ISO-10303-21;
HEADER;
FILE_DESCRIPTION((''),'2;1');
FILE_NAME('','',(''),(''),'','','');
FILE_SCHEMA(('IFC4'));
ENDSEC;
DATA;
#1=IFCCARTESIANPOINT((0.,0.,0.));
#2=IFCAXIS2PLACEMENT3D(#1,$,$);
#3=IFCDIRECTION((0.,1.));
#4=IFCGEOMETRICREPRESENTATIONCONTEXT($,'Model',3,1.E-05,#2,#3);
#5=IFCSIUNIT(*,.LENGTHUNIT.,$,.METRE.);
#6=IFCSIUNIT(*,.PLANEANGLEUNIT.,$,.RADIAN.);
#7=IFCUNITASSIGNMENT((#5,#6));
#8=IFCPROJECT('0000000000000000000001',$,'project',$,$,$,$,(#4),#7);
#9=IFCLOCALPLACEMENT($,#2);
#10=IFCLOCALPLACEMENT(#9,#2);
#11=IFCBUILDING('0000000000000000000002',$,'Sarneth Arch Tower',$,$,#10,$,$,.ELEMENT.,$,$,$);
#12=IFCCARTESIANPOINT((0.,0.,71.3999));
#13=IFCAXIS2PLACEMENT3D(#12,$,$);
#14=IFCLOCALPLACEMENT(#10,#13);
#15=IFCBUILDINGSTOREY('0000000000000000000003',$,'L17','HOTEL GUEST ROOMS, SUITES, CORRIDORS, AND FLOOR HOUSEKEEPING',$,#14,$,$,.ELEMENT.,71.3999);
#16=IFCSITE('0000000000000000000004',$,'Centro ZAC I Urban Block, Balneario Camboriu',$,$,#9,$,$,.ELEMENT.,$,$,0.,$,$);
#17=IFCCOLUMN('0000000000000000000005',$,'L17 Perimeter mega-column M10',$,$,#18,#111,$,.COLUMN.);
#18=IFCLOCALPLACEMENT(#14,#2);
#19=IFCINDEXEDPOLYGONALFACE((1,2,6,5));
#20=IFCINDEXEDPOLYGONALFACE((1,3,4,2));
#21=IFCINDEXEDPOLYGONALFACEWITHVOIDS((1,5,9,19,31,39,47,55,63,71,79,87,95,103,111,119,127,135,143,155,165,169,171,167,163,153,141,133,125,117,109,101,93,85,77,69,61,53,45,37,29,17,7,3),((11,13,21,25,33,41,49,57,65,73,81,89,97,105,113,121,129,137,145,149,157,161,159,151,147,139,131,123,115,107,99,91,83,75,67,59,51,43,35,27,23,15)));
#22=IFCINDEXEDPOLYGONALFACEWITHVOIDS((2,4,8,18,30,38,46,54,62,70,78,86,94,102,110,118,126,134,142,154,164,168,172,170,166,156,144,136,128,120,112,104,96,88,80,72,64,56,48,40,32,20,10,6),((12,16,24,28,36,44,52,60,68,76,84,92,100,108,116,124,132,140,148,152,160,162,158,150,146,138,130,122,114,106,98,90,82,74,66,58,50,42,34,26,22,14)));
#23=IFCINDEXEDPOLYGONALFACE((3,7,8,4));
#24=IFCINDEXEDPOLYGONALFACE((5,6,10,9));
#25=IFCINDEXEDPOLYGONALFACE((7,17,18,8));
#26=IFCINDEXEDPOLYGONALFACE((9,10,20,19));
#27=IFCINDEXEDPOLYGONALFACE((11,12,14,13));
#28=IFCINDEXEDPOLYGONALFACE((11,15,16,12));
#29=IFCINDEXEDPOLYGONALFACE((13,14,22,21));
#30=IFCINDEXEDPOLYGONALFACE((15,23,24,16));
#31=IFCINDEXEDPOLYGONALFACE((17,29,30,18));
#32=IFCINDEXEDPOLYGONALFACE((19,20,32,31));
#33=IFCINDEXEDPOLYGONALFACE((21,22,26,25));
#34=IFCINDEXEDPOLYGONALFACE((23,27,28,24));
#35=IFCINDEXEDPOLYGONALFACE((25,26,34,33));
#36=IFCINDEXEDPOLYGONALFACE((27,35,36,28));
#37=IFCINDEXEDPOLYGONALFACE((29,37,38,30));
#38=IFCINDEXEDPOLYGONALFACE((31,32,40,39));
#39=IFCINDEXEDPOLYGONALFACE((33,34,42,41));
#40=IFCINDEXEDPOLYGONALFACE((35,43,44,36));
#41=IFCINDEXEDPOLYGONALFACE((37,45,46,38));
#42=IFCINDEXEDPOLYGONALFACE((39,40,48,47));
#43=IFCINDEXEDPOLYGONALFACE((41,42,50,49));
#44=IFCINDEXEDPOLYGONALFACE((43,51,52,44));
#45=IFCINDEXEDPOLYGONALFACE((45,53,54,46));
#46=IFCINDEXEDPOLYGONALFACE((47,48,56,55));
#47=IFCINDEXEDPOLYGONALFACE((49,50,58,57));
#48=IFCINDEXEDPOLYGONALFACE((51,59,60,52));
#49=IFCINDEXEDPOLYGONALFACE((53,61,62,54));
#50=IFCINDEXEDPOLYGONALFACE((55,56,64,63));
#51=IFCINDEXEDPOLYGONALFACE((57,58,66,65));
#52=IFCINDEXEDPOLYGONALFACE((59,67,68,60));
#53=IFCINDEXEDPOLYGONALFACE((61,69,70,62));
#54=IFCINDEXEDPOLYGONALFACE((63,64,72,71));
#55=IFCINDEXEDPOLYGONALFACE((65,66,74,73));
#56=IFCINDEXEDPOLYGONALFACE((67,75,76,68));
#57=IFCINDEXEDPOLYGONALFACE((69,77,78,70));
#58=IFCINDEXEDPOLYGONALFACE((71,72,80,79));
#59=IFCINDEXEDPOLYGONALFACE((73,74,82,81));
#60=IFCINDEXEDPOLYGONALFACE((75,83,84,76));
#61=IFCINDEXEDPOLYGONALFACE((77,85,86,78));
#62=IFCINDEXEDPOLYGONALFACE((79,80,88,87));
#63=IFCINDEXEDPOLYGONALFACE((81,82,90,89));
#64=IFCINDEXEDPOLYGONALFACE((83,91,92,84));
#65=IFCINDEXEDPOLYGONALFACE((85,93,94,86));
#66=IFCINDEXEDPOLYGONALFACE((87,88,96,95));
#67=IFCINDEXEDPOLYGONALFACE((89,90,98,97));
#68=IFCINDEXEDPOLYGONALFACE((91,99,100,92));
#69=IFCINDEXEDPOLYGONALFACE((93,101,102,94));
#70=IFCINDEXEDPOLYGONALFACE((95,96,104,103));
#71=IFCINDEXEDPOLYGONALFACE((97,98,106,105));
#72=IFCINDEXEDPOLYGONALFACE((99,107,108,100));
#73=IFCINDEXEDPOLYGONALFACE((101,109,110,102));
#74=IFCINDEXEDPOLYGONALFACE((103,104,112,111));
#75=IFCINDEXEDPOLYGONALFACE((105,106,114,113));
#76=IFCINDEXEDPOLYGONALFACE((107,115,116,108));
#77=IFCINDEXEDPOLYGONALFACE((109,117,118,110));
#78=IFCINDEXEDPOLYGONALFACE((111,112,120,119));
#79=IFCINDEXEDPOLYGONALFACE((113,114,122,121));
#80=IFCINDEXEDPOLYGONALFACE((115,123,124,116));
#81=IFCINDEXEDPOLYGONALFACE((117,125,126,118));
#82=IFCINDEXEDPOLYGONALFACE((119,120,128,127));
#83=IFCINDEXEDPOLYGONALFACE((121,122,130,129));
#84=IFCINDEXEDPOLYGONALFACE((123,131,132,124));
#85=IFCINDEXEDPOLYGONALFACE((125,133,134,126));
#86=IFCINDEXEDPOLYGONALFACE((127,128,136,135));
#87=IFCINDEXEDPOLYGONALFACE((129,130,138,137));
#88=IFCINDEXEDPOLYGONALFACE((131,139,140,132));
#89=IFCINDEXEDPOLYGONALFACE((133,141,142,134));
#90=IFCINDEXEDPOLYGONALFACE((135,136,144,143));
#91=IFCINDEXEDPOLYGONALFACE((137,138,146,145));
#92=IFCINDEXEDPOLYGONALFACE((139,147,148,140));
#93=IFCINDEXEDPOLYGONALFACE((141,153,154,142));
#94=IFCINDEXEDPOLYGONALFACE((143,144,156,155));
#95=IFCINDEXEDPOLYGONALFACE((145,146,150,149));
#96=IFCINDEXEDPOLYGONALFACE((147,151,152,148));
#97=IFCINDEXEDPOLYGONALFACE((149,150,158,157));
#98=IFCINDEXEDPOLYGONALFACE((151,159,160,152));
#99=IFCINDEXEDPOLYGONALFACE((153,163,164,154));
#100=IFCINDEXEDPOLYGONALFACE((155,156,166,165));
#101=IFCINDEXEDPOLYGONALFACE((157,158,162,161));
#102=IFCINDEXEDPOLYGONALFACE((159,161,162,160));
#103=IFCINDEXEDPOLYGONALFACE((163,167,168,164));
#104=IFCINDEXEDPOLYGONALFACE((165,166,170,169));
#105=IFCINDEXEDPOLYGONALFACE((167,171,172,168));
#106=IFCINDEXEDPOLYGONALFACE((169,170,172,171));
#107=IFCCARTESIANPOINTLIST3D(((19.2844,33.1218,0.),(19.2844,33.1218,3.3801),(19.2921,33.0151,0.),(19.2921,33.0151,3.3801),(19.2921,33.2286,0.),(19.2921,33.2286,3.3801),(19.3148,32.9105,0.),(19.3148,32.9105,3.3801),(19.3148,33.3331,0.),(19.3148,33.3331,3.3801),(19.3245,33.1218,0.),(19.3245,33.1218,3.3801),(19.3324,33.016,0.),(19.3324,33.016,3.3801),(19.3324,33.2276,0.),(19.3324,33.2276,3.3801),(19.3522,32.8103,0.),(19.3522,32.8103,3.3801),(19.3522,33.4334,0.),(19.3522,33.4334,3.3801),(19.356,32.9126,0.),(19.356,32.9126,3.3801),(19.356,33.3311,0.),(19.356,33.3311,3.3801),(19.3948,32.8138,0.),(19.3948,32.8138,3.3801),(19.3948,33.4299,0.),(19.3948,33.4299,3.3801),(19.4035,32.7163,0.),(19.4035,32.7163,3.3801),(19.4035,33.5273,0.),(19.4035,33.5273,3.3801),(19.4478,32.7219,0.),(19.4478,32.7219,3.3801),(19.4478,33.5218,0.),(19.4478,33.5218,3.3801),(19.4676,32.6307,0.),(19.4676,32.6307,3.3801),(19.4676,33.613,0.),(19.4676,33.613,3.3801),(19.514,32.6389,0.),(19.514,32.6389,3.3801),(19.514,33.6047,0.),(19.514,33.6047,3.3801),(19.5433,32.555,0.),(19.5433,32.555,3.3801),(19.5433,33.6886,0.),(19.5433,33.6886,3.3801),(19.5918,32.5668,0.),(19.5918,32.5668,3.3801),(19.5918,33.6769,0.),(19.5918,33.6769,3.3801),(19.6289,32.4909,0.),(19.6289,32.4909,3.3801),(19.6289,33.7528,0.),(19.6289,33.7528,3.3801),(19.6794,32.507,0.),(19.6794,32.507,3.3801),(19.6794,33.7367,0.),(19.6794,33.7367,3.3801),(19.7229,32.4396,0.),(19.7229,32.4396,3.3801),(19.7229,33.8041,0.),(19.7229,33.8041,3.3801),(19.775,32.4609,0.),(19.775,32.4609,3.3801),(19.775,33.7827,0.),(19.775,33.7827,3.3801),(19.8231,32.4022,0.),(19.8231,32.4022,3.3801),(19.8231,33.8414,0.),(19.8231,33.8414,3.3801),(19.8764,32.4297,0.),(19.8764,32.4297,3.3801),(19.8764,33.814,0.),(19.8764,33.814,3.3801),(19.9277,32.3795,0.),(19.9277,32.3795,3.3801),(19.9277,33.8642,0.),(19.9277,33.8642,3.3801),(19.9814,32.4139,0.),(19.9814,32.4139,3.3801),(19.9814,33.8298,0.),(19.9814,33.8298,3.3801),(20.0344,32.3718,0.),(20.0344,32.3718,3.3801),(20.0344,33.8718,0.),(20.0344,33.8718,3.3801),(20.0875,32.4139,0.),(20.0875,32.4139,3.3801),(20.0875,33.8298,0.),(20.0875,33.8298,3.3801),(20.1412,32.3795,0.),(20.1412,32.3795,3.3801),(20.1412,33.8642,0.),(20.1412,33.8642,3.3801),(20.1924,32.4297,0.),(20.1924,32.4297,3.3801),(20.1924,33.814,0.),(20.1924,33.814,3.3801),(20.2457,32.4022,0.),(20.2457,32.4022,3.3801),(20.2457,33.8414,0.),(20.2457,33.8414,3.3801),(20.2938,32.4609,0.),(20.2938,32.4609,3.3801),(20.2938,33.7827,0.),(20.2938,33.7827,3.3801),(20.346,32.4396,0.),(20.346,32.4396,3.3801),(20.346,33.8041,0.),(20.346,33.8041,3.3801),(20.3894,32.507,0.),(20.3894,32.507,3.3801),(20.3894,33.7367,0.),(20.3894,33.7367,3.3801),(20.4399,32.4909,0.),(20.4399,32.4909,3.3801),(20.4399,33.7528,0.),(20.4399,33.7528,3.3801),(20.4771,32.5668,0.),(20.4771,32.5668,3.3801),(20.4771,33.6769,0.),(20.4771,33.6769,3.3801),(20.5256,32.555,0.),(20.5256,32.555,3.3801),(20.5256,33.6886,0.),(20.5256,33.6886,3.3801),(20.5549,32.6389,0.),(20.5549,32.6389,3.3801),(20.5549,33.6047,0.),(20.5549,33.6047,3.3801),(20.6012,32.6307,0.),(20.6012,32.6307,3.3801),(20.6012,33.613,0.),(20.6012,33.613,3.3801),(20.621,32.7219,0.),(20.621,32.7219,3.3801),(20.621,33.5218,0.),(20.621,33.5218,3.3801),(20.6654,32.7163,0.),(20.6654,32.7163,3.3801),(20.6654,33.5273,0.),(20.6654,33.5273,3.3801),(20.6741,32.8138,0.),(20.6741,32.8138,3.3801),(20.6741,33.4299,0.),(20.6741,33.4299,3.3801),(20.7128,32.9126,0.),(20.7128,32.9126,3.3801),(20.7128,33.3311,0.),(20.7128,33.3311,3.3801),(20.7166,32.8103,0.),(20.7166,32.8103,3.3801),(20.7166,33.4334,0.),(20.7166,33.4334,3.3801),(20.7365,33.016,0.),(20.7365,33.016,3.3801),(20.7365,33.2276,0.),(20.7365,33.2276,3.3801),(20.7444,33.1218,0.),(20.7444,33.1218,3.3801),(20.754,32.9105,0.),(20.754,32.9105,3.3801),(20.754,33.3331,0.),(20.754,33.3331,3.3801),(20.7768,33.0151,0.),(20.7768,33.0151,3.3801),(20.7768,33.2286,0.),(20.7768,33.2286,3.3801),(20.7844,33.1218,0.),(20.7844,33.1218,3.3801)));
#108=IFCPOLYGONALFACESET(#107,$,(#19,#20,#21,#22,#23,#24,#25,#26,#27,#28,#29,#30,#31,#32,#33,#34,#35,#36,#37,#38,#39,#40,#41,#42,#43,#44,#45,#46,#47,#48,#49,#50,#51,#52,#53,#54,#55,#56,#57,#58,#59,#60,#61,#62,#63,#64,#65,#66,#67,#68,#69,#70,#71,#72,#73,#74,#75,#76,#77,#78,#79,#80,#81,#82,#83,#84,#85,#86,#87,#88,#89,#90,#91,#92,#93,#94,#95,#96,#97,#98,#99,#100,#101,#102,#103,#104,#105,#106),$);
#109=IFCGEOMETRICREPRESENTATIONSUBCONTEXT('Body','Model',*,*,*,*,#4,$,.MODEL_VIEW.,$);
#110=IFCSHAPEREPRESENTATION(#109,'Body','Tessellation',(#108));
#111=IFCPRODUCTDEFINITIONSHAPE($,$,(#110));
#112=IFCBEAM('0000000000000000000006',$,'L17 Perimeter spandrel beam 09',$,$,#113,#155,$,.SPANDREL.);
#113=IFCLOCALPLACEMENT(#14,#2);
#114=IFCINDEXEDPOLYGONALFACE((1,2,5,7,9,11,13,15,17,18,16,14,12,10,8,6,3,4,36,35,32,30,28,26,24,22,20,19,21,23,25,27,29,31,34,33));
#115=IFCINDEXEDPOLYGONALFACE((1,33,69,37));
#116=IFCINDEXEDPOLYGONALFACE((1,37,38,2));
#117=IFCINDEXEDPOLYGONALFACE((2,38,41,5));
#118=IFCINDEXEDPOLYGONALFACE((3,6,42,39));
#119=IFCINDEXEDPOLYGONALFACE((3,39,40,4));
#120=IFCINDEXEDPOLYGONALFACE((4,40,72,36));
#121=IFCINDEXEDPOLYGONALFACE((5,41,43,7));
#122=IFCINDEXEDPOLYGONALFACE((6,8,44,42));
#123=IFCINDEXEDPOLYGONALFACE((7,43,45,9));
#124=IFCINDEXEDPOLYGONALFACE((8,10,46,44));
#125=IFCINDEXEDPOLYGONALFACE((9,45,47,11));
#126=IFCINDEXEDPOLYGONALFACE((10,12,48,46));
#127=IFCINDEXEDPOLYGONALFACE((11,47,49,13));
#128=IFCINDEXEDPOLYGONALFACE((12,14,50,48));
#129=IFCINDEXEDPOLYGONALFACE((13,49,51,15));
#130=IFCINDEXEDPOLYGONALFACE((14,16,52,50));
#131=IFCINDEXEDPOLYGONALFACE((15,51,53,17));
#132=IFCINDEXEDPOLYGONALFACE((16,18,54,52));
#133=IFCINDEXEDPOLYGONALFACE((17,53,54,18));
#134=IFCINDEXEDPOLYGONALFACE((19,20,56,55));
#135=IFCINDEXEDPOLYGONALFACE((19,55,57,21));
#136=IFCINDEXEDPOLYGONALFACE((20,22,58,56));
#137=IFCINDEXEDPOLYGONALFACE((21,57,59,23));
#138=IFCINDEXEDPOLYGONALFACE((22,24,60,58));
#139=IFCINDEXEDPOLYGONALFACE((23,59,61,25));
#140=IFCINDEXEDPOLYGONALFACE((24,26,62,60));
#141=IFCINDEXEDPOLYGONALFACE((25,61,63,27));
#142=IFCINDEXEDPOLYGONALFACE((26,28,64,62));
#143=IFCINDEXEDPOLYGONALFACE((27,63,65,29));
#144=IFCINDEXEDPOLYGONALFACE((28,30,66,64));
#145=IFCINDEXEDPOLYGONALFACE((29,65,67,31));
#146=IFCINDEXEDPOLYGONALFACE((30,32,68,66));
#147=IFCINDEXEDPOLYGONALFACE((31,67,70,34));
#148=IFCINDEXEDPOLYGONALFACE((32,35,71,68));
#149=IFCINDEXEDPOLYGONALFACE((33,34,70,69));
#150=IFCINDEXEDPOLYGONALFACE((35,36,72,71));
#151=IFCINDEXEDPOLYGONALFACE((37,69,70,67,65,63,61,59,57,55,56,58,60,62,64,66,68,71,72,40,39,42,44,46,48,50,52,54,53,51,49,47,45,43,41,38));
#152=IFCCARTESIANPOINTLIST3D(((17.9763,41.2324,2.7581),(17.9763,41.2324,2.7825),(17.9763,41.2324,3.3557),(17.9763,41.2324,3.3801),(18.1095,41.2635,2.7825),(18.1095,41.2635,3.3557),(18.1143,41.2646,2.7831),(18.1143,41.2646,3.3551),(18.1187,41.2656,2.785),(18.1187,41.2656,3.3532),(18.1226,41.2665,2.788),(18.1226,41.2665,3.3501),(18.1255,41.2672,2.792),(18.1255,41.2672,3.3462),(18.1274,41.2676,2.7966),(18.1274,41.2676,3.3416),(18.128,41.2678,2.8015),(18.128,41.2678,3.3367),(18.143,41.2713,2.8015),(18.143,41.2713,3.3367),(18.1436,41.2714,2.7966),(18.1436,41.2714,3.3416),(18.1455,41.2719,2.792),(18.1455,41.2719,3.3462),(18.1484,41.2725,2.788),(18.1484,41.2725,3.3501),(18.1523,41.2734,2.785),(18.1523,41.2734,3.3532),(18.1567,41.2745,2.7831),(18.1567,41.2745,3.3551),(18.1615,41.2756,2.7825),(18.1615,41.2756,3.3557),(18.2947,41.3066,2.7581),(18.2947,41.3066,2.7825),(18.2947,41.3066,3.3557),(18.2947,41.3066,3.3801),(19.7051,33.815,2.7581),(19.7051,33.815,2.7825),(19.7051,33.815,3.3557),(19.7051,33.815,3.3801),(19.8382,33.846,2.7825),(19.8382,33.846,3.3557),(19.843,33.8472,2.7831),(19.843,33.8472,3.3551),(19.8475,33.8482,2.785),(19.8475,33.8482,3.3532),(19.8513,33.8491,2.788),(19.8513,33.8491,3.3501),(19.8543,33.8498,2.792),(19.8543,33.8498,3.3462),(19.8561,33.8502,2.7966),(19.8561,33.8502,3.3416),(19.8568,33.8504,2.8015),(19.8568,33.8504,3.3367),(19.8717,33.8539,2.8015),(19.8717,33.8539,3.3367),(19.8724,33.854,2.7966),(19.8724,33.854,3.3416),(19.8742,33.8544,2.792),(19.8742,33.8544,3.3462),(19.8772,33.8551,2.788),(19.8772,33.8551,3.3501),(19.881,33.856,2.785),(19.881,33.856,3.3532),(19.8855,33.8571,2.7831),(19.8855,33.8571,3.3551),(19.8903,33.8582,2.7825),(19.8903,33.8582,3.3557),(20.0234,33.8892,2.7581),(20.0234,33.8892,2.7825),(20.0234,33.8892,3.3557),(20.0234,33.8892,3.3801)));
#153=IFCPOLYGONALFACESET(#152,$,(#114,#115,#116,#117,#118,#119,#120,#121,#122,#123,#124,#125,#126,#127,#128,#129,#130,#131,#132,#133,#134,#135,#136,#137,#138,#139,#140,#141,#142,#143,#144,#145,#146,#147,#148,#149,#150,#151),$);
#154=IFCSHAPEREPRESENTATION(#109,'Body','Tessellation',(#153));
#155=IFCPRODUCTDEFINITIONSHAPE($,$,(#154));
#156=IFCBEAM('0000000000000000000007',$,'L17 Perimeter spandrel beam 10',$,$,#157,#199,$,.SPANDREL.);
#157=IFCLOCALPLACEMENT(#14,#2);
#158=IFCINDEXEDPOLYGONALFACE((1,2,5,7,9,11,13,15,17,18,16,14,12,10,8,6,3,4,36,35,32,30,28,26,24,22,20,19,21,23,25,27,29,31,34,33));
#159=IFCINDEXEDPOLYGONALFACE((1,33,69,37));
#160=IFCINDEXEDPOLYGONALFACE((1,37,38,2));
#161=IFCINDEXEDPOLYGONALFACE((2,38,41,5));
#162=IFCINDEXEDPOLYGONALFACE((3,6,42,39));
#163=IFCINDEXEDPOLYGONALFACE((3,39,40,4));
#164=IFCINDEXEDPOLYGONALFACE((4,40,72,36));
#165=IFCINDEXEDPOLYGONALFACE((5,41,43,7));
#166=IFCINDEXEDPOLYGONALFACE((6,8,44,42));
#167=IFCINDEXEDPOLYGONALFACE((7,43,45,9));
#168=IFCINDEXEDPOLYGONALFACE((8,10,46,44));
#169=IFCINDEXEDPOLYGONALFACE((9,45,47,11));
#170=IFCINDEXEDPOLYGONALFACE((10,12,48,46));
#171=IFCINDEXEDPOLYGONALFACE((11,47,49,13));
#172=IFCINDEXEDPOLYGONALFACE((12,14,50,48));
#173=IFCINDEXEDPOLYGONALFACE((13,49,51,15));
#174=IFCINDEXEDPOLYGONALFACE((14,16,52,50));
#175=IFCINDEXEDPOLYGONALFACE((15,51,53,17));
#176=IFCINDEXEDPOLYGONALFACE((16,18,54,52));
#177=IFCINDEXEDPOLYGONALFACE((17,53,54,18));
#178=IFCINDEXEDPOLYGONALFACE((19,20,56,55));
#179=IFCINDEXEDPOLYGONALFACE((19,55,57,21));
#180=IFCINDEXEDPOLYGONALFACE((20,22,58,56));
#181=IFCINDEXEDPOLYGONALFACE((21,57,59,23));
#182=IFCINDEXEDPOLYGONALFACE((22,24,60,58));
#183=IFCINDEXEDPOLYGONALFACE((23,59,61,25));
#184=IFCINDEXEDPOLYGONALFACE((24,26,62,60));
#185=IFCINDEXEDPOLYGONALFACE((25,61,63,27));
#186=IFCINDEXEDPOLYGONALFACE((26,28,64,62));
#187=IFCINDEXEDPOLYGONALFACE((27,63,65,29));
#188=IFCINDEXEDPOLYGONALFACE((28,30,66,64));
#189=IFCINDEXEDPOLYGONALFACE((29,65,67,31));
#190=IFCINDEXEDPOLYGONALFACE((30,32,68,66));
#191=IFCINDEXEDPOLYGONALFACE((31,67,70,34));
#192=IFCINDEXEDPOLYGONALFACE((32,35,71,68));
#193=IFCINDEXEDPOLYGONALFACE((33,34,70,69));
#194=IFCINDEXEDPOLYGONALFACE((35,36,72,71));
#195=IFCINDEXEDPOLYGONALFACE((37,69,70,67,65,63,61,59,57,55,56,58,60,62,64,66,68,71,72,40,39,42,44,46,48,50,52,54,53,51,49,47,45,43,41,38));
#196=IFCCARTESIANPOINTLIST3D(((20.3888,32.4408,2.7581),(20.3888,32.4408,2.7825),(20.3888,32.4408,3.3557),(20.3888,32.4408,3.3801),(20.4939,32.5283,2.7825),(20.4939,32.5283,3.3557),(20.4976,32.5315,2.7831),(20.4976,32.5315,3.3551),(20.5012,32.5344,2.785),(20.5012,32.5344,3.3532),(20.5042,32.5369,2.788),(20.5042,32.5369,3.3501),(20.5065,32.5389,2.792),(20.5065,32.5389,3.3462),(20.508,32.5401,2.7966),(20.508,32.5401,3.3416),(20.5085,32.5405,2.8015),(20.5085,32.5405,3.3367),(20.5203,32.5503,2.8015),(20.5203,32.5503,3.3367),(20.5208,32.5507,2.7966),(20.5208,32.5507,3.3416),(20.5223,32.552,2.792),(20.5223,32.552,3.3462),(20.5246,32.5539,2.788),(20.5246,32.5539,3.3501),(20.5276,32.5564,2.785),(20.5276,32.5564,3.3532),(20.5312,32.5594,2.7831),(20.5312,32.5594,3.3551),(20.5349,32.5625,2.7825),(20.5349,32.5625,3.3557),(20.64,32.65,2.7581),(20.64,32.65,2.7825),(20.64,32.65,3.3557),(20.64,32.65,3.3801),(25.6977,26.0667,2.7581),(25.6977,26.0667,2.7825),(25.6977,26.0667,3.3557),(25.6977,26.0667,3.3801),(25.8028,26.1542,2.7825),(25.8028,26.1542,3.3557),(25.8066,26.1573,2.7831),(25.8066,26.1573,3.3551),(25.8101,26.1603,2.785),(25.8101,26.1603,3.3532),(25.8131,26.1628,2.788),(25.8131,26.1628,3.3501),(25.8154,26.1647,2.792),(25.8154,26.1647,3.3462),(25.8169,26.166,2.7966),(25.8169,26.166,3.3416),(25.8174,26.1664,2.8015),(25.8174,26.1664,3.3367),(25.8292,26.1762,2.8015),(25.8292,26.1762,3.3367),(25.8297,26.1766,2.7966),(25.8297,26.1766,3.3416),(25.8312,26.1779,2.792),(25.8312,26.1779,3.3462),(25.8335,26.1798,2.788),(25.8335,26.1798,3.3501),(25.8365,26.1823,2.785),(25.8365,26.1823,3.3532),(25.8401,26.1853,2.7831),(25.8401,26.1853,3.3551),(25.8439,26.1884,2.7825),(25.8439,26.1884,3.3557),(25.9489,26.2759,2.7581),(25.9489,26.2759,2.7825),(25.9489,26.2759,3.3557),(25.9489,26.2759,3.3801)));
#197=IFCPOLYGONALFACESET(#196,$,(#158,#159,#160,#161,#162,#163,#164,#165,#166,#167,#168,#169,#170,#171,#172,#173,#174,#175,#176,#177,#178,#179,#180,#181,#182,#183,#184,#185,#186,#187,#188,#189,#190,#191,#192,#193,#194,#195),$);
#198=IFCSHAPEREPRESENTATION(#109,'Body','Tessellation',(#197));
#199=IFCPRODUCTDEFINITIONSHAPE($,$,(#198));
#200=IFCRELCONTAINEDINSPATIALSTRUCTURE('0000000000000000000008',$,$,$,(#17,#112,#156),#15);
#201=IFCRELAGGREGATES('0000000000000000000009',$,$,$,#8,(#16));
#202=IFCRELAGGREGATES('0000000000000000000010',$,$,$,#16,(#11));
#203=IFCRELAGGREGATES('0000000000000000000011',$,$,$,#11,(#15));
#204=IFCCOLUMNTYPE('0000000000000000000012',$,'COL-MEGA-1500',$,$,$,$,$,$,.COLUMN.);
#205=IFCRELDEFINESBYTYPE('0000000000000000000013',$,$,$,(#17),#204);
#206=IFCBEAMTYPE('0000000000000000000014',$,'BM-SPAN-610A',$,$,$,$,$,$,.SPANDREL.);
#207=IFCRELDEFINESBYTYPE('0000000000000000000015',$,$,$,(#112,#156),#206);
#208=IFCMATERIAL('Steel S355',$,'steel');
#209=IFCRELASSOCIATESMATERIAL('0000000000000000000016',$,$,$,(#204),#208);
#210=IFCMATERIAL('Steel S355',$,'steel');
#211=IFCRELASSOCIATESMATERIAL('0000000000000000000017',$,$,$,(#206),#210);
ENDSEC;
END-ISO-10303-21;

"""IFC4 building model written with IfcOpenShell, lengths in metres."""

from ifc_helpers import new_model, si_unit, direction, frame, origin, origin_2d, place, context, subcontext, project, spatial, hollow_circle, i_section, extrude, material, material_profile, profile_set, type_object, element, save


model = new_model("IFC4")

# Units and contexts
model_context = context("Model", 3, precision=1e-05, world=origin(), true_north=direction((0.0, 1.0)))
body_context = subcontext(model_context, "Body", "Model", "MODEL_VIEW")
ifc_project = project(units=[si_unit("LENGTHUNIT", "METRE"), si_unit("PLANEANGLEUNIT", "RADIAN")], contexts=[model_context])

# Site, building, storey
site_placement = place(None, origin())
site = spatial("IfcSite", under=ifc_project, at=site_placement, Name="Centro ZAC I Urban Block, Balneario Camboriu", CompositionType="ELEMENT", RefElevation=0.0)
building_placement = place(site_placement, origin())
building = spatial("IfcBuilding", under=site, at=building_placement, Name="Sarneth Arch Tower", CompositionType="ELEMENT")
storey_placement = place(building_placement, frame((0.0, 0.0, 71.3999)))
storey = spatial("IfcBuildingStorey", under=building, at=storey_placement, Name="L17", Description="HOTEL GUEST ROOMS, SUITES, CORRIDORS, AND FLOOR HOUSEKEEPING", CompositionType="ELEMENT", Elevation=71.3999)

# Column
ifc_material_1 = material(Name="Steel S355", Category="steel")
ifc_material_profile_1 = material_profile(ifc_material_1, hollow_circle(Radius=0.75, WallThickness=0.04, at=origin_2d()), Name="CHS1500x40")
ifc_profile_set_1 = profile_set([ifc_material_profile_1], Name="Steel S355")
column_type = type_object("IfcColumnType", Name="COL-MEGA-1500", PredefinedType="COLUMN", material=ifc_profile_set_1)
column_placement = place(storey_placement, frame((20.0344, 33.1218, 0.0), z_axis=(0.0, 0.0, 1.0), x_axis=(1.0, 0.0, 0.0)))
element("IfcColumn", 1, at=column_placement, inside=storey, type_object=column_type, Name="L17 Perimeter mega-column M10", PredefinedType="COLUMN", context=body_context, shape_type="SweptSolid", body=[
    extrude(hollow_circle(Radius=0.75, WallThickness=0.04, at=origin_2d()), origin(), (0.0, 0.0, 1.0), 3.3801),
])

# Beams
ifc_material_2 = material(Name="Steel S355", Category="steel")
ifc_material_profile_2 = material_profile(ifc_material_2, i_section(OverallWidth=0.3269, OverallDepth=0.6221, WebThickness=0.0154, FlangeThickness=0.0244, FilletRadius=0.019, at=origin_2d()), Name="W610x195")
ifc_profile_set_2 = profile_set([ifc_material_profile_2], Name="Steel S355")
beam_type = type_object("IfcBeamType", Name="BM-SPAN-610A", PredefinedType="SPANDREL", material=ifc_profile_set_2)
beam_1_placement = place(storey_placement, frame((18.1355, 41.2695, 3.0691), z_axis=(0.226982, -0.973899, 0.0), x_axis=(0.973899, 0.226982, 0.0)))
element("IfcBeam", 2, at=beam_1_placement, inside=storey, type_object=beam_type, Name="L17 Perimeter spandrel beam 09", PredefinedType="SPANDREL", context=body_context, shape_type="SweptSolid", body=[
    extrude(i_section(OverallWidth=0.3269, OverallDepth=0.6221, WebThickness=0.0154, FlangeThickness=0.0244, FilletRadius=0.019, at=origin_2d()), origin(), (0.0, 0.0, 1.0), 7.6162),
])
beam_2_placement = place(storey_placement, frame((20.5144, 32.5454, 3.0691), z_axis=(0.639982, -0.76839, 0.0), x_axis=(0.76839, 0.639982, 0.0)))
element("IfcBeam", 3, at=beam_2_placement, inside=storey, type_object=beam_type, Name="L17 Perimeter spandrel beam 10", PredefinedType="SPANDREL", context=body_context, shape_type="SweptSolid", body=[
    extrude(i_section(OverallWidth=0.3269, OverallDepth=0.6221, WebThickness=0.0154, FlangeThickness=0.0244, FilletRadius=0.019, at=origin_2d()), origin(), (0.0, 0.0, 1.0), 8.2954),
])

save(model, "model.ifc")
